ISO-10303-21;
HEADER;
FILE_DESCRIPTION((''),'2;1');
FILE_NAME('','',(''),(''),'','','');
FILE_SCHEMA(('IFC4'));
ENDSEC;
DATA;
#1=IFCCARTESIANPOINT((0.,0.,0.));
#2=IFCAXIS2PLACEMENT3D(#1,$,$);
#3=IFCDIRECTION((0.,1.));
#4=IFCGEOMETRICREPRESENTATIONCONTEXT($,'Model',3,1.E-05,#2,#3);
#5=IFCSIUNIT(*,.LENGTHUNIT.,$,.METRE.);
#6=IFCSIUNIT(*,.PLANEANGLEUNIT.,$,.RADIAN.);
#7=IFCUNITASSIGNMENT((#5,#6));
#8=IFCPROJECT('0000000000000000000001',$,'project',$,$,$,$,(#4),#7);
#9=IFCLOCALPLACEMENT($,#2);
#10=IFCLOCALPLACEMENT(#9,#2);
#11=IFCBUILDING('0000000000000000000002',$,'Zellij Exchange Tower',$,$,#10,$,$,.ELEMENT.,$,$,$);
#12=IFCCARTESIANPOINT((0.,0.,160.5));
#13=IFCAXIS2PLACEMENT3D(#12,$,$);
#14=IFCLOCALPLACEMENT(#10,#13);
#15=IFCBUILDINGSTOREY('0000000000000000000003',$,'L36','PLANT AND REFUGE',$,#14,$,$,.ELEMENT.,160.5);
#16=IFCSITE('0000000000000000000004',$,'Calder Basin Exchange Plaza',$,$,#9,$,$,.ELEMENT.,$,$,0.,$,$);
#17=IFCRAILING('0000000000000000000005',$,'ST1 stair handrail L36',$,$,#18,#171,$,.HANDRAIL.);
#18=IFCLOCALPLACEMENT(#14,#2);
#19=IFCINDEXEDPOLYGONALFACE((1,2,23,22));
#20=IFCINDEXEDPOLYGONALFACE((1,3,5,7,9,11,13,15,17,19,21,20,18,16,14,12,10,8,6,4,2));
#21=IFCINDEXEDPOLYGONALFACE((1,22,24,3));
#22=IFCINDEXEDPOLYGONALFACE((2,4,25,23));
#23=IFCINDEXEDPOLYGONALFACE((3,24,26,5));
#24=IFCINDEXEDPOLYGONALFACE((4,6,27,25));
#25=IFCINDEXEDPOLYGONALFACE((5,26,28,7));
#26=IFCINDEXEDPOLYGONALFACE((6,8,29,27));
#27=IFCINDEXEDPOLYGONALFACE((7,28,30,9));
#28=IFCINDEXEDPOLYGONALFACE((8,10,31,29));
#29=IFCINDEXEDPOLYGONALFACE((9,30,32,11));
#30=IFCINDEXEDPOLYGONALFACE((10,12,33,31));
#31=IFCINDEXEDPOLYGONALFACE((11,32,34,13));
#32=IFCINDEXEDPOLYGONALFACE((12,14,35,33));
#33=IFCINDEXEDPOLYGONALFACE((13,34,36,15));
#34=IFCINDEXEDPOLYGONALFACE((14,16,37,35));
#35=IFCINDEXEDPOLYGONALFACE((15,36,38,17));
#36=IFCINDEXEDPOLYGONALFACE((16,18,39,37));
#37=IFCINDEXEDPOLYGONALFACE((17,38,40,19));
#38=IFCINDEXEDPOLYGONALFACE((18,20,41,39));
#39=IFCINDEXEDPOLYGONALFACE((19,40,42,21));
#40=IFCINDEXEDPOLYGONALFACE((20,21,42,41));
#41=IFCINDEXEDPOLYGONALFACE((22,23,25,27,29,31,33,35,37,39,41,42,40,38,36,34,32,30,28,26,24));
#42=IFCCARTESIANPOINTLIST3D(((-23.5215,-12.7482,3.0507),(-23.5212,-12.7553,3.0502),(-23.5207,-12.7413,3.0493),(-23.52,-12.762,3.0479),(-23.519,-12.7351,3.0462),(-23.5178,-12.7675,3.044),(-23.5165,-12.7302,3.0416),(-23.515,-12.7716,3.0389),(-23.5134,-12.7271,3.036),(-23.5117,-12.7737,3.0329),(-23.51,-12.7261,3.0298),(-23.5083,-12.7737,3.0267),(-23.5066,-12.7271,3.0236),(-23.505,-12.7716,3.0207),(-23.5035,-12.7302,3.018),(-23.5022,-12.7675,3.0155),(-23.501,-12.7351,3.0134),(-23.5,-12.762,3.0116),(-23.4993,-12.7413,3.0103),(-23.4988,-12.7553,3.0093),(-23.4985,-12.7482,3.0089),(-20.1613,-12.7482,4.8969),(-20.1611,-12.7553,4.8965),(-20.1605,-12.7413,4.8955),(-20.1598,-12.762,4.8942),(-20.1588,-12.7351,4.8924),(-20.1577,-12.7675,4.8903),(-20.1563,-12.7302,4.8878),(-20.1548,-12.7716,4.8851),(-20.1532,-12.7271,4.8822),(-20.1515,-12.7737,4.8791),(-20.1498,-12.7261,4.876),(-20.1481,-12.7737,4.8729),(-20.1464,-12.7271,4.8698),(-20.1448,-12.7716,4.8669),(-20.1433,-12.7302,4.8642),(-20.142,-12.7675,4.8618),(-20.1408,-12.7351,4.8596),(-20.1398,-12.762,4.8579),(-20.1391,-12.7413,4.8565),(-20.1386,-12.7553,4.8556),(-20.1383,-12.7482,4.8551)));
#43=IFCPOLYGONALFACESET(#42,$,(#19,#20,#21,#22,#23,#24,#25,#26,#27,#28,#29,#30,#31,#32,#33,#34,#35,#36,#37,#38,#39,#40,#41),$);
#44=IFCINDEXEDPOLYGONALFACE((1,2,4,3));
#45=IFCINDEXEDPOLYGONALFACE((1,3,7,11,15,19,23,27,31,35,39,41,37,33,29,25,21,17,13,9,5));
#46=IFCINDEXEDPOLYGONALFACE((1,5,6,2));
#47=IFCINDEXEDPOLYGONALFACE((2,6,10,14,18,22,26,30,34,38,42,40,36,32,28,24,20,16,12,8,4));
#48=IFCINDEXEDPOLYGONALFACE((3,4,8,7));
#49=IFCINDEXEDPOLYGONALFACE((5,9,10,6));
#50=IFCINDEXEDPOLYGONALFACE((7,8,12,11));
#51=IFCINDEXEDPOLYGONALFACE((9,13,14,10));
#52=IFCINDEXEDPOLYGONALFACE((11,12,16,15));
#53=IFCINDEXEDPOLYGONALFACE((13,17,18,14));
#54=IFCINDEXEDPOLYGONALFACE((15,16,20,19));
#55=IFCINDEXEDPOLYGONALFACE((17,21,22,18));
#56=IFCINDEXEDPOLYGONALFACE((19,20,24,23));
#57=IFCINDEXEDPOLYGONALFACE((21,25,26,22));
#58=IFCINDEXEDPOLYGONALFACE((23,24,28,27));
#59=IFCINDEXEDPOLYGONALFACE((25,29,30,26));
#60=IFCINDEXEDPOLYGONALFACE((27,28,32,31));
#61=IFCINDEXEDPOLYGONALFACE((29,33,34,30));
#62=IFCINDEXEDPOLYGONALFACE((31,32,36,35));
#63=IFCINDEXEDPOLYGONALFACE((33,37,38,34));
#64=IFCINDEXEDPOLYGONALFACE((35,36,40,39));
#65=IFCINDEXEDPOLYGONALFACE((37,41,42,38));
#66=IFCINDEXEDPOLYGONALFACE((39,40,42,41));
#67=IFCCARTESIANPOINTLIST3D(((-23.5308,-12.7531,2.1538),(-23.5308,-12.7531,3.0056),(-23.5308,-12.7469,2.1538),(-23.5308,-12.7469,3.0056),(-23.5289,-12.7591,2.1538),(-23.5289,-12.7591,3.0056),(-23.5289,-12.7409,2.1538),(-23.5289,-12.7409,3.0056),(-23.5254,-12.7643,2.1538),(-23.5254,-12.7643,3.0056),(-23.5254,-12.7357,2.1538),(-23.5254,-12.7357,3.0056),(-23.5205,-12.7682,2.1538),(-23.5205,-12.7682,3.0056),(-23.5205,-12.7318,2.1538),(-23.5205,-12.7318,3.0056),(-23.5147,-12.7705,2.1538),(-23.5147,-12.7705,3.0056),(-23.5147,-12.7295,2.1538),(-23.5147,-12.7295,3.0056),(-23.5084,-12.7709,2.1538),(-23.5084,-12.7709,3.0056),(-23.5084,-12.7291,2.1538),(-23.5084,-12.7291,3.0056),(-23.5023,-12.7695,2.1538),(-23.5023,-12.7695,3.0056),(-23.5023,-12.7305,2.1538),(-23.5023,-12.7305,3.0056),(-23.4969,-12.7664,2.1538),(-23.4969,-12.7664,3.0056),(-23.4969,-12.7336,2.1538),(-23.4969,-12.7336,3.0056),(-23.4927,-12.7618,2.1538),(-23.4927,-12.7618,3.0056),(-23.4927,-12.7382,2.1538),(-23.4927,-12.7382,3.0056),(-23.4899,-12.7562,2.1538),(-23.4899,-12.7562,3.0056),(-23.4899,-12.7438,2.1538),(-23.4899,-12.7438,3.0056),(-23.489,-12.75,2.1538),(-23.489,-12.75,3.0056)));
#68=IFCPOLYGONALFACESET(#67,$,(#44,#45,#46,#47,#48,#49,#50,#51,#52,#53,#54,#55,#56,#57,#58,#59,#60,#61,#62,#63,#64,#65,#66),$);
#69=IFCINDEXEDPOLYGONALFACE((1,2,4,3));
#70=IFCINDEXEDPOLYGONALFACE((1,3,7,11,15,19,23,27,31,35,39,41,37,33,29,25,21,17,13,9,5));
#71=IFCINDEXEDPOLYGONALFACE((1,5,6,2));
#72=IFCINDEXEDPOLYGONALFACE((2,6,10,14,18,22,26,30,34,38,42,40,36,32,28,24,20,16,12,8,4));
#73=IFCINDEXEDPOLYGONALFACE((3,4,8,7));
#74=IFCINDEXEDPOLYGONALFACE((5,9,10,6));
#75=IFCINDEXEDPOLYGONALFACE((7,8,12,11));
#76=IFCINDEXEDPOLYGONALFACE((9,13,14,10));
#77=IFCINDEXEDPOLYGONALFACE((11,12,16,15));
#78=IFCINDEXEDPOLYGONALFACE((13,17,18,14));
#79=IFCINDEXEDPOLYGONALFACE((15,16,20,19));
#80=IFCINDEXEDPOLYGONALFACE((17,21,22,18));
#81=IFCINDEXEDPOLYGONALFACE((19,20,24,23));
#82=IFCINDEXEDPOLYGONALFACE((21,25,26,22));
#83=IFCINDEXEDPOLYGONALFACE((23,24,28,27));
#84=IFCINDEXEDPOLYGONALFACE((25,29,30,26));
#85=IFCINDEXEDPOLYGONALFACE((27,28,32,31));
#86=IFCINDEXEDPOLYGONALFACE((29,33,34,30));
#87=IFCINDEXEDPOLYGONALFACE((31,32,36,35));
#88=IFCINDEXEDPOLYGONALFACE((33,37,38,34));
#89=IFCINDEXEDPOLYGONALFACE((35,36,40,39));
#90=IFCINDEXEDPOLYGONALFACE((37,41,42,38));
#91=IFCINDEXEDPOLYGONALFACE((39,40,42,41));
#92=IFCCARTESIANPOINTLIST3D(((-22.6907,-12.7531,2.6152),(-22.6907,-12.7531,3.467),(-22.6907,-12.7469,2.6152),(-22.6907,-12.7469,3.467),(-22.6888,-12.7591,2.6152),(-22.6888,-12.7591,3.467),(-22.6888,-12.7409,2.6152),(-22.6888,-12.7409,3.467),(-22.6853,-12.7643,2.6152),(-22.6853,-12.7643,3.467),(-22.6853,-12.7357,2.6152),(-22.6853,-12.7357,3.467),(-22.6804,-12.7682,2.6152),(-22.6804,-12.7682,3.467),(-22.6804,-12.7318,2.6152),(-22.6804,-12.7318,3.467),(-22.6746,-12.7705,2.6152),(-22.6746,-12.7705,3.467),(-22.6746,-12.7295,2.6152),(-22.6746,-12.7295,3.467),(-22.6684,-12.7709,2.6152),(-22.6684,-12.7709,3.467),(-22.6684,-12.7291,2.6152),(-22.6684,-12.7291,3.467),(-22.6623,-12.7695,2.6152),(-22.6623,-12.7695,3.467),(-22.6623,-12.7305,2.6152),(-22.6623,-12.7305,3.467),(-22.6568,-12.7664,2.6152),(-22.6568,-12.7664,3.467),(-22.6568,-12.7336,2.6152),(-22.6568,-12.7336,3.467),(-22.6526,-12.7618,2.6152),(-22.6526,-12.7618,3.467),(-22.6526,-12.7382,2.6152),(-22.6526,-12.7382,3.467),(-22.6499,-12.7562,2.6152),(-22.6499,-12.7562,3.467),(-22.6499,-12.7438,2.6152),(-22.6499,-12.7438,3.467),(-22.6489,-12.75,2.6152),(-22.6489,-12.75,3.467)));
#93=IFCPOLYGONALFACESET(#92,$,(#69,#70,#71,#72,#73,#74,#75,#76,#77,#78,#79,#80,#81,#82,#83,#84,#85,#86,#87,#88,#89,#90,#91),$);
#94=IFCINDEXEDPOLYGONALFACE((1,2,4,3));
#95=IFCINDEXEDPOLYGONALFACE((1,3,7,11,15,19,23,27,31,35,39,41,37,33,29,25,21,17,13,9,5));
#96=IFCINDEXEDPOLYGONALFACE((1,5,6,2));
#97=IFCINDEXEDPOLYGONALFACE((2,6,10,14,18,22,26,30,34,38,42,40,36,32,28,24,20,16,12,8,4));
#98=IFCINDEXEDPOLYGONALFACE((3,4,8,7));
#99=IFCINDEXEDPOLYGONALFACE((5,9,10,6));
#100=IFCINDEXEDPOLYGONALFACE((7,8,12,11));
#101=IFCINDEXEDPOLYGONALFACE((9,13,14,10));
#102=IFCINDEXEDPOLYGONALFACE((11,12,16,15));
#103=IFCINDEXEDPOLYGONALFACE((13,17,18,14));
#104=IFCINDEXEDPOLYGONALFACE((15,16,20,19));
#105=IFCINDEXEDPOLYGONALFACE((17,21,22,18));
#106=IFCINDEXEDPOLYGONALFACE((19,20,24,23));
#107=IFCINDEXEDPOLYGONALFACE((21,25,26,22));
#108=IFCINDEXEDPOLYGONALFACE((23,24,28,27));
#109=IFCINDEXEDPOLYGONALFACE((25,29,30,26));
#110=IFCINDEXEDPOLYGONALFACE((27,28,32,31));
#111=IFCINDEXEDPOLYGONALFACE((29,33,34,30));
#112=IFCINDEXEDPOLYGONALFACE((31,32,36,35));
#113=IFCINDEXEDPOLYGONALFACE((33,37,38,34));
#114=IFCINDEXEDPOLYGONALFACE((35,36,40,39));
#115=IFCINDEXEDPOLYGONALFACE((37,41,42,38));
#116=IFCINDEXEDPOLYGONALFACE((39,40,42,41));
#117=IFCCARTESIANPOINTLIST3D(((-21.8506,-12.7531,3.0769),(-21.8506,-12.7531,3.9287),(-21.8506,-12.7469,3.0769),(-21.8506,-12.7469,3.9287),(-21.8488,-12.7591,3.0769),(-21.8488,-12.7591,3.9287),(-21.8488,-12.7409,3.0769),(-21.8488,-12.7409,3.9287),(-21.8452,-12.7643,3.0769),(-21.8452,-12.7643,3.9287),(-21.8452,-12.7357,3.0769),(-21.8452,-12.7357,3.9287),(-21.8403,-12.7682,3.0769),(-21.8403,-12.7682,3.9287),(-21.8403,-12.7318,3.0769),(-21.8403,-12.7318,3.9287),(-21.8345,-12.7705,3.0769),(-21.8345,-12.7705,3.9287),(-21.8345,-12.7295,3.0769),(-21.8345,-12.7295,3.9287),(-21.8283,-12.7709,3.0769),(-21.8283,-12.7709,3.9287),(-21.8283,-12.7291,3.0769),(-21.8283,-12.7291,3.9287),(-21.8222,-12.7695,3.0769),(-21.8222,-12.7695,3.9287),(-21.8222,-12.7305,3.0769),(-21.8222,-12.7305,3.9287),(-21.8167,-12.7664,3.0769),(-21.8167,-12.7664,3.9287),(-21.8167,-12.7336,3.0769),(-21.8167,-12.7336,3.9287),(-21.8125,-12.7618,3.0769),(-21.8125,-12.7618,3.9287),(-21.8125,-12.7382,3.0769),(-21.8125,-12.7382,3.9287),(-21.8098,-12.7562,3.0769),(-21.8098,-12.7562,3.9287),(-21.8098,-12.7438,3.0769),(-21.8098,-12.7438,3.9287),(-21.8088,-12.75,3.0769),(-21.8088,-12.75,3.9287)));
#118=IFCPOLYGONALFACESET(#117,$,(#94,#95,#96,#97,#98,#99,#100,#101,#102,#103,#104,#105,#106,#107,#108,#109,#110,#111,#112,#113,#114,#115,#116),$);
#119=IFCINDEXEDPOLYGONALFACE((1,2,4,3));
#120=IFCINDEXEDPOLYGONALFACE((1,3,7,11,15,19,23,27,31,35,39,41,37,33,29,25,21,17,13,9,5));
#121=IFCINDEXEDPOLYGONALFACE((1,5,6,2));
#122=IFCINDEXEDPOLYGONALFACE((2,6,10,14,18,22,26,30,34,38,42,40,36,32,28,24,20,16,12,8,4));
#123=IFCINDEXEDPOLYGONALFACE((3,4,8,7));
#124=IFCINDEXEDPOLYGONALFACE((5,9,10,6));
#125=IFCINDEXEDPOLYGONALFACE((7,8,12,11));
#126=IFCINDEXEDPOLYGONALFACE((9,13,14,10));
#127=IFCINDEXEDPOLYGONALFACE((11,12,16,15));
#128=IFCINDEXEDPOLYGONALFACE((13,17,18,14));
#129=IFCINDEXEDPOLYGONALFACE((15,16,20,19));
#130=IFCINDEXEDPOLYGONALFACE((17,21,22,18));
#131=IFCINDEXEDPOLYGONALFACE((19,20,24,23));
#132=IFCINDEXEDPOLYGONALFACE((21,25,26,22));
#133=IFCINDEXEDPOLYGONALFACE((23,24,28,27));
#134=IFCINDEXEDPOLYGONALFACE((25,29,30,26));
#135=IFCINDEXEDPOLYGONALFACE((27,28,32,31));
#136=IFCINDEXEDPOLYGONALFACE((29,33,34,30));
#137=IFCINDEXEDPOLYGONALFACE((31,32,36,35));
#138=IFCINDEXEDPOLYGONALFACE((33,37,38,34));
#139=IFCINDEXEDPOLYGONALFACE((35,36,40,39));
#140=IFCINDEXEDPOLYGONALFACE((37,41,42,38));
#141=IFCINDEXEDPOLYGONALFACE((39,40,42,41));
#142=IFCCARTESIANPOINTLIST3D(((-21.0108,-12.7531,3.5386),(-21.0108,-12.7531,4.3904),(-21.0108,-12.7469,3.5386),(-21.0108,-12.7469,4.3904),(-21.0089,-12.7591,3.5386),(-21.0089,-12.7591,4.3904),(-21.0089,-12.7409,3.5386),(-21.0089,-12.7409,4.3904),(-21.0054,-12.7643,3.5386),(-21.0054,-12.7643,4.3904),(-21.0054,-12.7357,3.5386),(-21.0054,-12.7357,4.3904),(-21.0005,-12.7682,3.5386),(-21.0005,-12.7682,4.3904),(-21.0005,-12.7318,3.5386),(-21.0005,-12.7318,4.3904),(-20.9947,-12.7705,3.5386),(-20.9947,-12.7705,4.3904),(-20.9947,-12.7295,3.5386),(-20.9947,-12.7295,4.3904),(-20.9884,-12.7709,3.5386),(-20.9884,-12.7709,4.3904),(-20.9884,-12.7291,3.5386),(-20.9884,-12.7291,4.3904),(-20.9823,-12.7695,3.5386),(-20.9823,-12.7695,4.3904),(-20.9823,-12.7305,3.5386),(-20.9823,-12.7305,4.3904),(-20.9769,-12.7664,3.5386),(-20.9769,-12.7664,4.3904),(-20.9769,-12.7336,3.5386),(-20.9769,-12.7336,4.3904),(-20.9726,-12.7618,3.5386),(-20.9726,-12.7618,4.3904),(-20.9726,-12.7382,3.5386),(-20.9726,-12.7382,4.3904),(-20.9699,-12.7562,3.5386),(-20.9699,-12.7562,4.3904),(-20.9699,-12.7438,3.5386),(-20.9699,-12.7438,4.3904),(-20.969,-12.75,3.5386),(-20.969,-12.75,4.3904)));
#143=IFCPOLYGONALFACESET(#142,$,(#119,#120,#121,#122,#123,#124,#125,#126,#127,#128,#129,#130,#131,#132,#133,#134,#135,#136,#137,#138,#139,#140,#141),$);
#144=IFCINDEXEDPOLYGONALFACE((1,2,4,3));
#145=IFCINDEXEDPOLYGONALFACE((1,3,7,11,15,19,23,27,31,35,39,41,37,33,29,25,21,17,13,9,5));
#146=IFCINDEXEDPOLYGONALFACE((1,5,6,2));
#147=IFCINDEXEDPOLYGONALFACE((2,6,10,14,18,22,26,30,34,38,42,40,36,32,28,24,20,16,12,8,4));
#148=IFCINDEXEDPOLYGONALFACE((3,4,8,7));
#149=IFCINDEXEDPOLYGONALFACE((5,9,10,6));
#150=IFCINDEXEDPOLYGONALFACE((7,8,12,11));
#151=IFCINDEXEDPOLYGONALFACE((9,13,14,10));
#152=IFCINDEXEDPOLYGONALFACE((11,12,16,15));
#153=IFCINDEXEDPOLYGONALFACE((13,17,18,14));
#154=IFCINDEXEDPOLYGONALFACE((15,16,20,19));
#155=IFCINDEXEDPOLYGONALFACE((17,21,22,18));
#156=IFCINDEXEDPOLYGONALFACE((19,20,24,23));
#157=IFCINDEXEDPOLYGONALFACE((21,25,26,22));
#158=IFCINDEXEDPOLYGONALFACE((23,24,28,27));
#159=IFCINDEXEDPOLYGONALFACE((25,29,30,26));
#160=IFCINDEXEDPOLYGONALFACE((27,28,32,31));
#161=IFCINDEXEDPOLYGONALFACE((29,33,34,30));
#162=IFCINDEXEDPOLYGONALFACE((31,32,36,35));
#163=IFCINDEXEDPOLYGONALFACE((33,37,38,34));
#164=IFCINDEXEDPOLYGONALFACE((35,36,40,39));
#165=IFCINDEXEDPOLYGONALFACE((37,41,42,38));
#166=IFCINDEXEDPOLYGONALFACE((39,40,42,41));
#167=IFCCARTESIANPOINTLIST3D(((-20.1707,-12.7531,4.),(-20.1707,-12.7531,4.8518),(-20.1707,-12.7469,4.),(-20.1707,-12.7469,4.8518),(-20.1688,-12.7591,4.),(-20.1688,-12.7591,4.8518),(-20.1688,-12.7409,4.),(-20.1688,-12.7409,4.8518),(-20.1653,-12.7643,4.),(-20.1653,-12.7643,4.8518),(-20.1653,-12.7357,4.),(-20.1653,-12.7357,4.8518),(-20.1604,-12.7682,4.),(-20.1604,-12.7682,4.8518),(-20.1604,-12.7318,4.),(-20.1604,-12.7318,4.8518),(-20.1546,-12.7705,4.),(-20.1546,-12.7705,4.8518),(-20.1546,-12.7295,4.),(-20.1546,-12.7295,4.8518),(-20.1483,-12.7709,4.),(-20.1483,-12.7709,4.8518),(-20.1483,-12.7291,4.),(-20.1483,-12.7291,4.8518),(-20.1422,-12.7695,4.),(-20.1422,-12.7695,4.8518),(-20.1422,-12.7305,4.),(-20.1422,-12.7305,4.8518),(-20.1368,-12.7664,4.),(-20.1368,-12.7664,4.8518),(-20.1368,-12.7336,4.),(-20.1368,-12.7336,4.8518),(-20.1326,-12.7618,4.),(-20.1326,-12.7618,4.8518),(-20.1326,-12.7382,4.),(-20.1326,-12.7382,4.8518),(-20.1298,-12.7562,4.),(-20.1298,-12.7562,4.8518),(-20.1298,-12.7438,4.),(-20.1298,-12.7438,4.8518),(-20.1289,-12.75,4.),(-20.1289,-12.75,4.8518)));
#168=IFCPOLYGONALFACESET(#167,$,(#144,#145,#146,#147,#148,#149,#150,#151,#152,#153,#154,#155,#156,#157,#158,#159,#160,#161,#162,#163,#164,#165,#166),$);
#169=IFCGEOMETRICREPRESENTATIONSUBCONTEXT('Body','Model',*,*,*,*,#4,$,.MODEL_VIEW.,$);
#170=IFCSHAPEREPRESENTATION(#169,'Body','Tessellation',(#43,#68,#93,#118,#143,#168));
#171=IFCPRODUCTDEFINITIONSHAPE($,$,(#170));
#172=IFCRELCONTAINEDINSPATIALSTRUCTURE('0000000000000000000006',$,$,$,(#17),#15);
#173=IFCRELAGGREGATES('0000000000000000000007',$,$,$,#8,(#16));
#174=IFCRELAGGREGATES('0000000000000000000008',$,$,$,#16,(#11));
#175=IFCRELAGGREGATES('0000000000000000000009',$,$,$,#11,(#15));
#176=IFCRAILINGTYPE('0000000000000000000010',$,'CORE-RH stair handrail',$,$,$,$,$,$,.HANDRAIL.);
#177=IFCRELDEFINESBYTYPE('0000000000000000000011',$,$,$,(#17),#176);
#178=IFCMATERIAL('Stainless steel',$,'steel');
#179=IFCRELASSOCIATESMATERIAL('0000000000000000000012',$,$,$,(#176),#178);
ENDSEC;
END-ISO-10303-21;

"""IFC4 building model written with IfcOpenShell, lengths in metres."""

from ifc_helpers import new_model, si_unit, direction, frame, origin, origin_2d, place, context, subcontext, project, spatial, circle, extrude, material, type_object, element, save


model = new_model("IFC4")

# Units and contexts
model_context = context("Model", 3, precision=1e-05, world=origin(), true_north=direction((0.0, 1.0)))
body_context = subcontext(model_context, "Body", "Model", "MODEL_VIEW")
ifc_project = project(units=[si_unit("LENGTHUNIT", "METRE"), si_unit("PLANEANGLEUNIT", "RADIAN")], contexts=[model_context])

# Site, building, storey
site_placement = place(None, origin())
site = spatial("IfcSite", under=ifc_project, at=site_placement, Name="Calder Basin Exchange Plaza", CompositionType="ELEMENT", RefElevation=0.0)
building_placement = place(site_placement, origin())
building = spatial("IfcBuilding", under=site, at=building_placement, Name="Zellij Exchange Tower", CompositionType="ELEMENT")
storey_placement = place(building_placement, frame((0.0, 0.0, 160.5)))
storey = spatial("IfcBuildingStorey", under=building, at=storey_placement, Name="L36", Description="PLANT AND REFUGE", CompositionType="ELEMENT", Elevation=160.5)

# Railing
ifc_material_1 = material(Name="Stainless steel", Category="steel")
railing_type_1 = type_object("IfcRailingType", Name="CORE-RH stair handrail", PredefinedType="HANDRAIL", material=ifc_material_1)
railing_1_placement = place(storey_placement, frame((-23.51, -12.75, 2.1538)))
element("IfcRailing", 1, at=railing_1_placement, inside=storey, type_object=railing_type_1, Name="ST1 stair handrail L36", PredefinedType="HANDRAIL", context=body_context, shape_type="SweptSolid", body=[
    extrude(circle(Radius=0.0239, at=origin_2d()), frame((0.0, 0.0, 0.876), z_axis=(0.876422, 0.0, 0.481545), x_axis=(0.0, 1.0, 0.0)), (0.0, 0.0, 1.0), 3.834),
    extrude(circle(Radius=0.021, at=origin_2d()), origin(), (0.0, 0.0, 1.0), 0.8518),
    extrude(circle(Radius=0.021, at=origin_2d()), frame((0.8401, 0.0, 0.4614)), (0.0, 0.0, 1.0), 0.8518),
    extrude(circle(Radius=0.021, at=origin_2d()), frame((1.6802, 0.0, 0.9231)), (0.0, 0.0, 1.0), 0.8518),
    extrude(circle(Radius=0.021, at=origin_2d()), frame((2.52, 0.0, 1.3848)), (0.0, 0.0, 1.0), 0.8518),
    extrude(circle(Radius=0.021, at=origin_2d()), frame((3.3601, 0.0, 1.8462)), (0.0, 0.0, 1.0), 0.8518),
])

save(model, "model.ifc")
